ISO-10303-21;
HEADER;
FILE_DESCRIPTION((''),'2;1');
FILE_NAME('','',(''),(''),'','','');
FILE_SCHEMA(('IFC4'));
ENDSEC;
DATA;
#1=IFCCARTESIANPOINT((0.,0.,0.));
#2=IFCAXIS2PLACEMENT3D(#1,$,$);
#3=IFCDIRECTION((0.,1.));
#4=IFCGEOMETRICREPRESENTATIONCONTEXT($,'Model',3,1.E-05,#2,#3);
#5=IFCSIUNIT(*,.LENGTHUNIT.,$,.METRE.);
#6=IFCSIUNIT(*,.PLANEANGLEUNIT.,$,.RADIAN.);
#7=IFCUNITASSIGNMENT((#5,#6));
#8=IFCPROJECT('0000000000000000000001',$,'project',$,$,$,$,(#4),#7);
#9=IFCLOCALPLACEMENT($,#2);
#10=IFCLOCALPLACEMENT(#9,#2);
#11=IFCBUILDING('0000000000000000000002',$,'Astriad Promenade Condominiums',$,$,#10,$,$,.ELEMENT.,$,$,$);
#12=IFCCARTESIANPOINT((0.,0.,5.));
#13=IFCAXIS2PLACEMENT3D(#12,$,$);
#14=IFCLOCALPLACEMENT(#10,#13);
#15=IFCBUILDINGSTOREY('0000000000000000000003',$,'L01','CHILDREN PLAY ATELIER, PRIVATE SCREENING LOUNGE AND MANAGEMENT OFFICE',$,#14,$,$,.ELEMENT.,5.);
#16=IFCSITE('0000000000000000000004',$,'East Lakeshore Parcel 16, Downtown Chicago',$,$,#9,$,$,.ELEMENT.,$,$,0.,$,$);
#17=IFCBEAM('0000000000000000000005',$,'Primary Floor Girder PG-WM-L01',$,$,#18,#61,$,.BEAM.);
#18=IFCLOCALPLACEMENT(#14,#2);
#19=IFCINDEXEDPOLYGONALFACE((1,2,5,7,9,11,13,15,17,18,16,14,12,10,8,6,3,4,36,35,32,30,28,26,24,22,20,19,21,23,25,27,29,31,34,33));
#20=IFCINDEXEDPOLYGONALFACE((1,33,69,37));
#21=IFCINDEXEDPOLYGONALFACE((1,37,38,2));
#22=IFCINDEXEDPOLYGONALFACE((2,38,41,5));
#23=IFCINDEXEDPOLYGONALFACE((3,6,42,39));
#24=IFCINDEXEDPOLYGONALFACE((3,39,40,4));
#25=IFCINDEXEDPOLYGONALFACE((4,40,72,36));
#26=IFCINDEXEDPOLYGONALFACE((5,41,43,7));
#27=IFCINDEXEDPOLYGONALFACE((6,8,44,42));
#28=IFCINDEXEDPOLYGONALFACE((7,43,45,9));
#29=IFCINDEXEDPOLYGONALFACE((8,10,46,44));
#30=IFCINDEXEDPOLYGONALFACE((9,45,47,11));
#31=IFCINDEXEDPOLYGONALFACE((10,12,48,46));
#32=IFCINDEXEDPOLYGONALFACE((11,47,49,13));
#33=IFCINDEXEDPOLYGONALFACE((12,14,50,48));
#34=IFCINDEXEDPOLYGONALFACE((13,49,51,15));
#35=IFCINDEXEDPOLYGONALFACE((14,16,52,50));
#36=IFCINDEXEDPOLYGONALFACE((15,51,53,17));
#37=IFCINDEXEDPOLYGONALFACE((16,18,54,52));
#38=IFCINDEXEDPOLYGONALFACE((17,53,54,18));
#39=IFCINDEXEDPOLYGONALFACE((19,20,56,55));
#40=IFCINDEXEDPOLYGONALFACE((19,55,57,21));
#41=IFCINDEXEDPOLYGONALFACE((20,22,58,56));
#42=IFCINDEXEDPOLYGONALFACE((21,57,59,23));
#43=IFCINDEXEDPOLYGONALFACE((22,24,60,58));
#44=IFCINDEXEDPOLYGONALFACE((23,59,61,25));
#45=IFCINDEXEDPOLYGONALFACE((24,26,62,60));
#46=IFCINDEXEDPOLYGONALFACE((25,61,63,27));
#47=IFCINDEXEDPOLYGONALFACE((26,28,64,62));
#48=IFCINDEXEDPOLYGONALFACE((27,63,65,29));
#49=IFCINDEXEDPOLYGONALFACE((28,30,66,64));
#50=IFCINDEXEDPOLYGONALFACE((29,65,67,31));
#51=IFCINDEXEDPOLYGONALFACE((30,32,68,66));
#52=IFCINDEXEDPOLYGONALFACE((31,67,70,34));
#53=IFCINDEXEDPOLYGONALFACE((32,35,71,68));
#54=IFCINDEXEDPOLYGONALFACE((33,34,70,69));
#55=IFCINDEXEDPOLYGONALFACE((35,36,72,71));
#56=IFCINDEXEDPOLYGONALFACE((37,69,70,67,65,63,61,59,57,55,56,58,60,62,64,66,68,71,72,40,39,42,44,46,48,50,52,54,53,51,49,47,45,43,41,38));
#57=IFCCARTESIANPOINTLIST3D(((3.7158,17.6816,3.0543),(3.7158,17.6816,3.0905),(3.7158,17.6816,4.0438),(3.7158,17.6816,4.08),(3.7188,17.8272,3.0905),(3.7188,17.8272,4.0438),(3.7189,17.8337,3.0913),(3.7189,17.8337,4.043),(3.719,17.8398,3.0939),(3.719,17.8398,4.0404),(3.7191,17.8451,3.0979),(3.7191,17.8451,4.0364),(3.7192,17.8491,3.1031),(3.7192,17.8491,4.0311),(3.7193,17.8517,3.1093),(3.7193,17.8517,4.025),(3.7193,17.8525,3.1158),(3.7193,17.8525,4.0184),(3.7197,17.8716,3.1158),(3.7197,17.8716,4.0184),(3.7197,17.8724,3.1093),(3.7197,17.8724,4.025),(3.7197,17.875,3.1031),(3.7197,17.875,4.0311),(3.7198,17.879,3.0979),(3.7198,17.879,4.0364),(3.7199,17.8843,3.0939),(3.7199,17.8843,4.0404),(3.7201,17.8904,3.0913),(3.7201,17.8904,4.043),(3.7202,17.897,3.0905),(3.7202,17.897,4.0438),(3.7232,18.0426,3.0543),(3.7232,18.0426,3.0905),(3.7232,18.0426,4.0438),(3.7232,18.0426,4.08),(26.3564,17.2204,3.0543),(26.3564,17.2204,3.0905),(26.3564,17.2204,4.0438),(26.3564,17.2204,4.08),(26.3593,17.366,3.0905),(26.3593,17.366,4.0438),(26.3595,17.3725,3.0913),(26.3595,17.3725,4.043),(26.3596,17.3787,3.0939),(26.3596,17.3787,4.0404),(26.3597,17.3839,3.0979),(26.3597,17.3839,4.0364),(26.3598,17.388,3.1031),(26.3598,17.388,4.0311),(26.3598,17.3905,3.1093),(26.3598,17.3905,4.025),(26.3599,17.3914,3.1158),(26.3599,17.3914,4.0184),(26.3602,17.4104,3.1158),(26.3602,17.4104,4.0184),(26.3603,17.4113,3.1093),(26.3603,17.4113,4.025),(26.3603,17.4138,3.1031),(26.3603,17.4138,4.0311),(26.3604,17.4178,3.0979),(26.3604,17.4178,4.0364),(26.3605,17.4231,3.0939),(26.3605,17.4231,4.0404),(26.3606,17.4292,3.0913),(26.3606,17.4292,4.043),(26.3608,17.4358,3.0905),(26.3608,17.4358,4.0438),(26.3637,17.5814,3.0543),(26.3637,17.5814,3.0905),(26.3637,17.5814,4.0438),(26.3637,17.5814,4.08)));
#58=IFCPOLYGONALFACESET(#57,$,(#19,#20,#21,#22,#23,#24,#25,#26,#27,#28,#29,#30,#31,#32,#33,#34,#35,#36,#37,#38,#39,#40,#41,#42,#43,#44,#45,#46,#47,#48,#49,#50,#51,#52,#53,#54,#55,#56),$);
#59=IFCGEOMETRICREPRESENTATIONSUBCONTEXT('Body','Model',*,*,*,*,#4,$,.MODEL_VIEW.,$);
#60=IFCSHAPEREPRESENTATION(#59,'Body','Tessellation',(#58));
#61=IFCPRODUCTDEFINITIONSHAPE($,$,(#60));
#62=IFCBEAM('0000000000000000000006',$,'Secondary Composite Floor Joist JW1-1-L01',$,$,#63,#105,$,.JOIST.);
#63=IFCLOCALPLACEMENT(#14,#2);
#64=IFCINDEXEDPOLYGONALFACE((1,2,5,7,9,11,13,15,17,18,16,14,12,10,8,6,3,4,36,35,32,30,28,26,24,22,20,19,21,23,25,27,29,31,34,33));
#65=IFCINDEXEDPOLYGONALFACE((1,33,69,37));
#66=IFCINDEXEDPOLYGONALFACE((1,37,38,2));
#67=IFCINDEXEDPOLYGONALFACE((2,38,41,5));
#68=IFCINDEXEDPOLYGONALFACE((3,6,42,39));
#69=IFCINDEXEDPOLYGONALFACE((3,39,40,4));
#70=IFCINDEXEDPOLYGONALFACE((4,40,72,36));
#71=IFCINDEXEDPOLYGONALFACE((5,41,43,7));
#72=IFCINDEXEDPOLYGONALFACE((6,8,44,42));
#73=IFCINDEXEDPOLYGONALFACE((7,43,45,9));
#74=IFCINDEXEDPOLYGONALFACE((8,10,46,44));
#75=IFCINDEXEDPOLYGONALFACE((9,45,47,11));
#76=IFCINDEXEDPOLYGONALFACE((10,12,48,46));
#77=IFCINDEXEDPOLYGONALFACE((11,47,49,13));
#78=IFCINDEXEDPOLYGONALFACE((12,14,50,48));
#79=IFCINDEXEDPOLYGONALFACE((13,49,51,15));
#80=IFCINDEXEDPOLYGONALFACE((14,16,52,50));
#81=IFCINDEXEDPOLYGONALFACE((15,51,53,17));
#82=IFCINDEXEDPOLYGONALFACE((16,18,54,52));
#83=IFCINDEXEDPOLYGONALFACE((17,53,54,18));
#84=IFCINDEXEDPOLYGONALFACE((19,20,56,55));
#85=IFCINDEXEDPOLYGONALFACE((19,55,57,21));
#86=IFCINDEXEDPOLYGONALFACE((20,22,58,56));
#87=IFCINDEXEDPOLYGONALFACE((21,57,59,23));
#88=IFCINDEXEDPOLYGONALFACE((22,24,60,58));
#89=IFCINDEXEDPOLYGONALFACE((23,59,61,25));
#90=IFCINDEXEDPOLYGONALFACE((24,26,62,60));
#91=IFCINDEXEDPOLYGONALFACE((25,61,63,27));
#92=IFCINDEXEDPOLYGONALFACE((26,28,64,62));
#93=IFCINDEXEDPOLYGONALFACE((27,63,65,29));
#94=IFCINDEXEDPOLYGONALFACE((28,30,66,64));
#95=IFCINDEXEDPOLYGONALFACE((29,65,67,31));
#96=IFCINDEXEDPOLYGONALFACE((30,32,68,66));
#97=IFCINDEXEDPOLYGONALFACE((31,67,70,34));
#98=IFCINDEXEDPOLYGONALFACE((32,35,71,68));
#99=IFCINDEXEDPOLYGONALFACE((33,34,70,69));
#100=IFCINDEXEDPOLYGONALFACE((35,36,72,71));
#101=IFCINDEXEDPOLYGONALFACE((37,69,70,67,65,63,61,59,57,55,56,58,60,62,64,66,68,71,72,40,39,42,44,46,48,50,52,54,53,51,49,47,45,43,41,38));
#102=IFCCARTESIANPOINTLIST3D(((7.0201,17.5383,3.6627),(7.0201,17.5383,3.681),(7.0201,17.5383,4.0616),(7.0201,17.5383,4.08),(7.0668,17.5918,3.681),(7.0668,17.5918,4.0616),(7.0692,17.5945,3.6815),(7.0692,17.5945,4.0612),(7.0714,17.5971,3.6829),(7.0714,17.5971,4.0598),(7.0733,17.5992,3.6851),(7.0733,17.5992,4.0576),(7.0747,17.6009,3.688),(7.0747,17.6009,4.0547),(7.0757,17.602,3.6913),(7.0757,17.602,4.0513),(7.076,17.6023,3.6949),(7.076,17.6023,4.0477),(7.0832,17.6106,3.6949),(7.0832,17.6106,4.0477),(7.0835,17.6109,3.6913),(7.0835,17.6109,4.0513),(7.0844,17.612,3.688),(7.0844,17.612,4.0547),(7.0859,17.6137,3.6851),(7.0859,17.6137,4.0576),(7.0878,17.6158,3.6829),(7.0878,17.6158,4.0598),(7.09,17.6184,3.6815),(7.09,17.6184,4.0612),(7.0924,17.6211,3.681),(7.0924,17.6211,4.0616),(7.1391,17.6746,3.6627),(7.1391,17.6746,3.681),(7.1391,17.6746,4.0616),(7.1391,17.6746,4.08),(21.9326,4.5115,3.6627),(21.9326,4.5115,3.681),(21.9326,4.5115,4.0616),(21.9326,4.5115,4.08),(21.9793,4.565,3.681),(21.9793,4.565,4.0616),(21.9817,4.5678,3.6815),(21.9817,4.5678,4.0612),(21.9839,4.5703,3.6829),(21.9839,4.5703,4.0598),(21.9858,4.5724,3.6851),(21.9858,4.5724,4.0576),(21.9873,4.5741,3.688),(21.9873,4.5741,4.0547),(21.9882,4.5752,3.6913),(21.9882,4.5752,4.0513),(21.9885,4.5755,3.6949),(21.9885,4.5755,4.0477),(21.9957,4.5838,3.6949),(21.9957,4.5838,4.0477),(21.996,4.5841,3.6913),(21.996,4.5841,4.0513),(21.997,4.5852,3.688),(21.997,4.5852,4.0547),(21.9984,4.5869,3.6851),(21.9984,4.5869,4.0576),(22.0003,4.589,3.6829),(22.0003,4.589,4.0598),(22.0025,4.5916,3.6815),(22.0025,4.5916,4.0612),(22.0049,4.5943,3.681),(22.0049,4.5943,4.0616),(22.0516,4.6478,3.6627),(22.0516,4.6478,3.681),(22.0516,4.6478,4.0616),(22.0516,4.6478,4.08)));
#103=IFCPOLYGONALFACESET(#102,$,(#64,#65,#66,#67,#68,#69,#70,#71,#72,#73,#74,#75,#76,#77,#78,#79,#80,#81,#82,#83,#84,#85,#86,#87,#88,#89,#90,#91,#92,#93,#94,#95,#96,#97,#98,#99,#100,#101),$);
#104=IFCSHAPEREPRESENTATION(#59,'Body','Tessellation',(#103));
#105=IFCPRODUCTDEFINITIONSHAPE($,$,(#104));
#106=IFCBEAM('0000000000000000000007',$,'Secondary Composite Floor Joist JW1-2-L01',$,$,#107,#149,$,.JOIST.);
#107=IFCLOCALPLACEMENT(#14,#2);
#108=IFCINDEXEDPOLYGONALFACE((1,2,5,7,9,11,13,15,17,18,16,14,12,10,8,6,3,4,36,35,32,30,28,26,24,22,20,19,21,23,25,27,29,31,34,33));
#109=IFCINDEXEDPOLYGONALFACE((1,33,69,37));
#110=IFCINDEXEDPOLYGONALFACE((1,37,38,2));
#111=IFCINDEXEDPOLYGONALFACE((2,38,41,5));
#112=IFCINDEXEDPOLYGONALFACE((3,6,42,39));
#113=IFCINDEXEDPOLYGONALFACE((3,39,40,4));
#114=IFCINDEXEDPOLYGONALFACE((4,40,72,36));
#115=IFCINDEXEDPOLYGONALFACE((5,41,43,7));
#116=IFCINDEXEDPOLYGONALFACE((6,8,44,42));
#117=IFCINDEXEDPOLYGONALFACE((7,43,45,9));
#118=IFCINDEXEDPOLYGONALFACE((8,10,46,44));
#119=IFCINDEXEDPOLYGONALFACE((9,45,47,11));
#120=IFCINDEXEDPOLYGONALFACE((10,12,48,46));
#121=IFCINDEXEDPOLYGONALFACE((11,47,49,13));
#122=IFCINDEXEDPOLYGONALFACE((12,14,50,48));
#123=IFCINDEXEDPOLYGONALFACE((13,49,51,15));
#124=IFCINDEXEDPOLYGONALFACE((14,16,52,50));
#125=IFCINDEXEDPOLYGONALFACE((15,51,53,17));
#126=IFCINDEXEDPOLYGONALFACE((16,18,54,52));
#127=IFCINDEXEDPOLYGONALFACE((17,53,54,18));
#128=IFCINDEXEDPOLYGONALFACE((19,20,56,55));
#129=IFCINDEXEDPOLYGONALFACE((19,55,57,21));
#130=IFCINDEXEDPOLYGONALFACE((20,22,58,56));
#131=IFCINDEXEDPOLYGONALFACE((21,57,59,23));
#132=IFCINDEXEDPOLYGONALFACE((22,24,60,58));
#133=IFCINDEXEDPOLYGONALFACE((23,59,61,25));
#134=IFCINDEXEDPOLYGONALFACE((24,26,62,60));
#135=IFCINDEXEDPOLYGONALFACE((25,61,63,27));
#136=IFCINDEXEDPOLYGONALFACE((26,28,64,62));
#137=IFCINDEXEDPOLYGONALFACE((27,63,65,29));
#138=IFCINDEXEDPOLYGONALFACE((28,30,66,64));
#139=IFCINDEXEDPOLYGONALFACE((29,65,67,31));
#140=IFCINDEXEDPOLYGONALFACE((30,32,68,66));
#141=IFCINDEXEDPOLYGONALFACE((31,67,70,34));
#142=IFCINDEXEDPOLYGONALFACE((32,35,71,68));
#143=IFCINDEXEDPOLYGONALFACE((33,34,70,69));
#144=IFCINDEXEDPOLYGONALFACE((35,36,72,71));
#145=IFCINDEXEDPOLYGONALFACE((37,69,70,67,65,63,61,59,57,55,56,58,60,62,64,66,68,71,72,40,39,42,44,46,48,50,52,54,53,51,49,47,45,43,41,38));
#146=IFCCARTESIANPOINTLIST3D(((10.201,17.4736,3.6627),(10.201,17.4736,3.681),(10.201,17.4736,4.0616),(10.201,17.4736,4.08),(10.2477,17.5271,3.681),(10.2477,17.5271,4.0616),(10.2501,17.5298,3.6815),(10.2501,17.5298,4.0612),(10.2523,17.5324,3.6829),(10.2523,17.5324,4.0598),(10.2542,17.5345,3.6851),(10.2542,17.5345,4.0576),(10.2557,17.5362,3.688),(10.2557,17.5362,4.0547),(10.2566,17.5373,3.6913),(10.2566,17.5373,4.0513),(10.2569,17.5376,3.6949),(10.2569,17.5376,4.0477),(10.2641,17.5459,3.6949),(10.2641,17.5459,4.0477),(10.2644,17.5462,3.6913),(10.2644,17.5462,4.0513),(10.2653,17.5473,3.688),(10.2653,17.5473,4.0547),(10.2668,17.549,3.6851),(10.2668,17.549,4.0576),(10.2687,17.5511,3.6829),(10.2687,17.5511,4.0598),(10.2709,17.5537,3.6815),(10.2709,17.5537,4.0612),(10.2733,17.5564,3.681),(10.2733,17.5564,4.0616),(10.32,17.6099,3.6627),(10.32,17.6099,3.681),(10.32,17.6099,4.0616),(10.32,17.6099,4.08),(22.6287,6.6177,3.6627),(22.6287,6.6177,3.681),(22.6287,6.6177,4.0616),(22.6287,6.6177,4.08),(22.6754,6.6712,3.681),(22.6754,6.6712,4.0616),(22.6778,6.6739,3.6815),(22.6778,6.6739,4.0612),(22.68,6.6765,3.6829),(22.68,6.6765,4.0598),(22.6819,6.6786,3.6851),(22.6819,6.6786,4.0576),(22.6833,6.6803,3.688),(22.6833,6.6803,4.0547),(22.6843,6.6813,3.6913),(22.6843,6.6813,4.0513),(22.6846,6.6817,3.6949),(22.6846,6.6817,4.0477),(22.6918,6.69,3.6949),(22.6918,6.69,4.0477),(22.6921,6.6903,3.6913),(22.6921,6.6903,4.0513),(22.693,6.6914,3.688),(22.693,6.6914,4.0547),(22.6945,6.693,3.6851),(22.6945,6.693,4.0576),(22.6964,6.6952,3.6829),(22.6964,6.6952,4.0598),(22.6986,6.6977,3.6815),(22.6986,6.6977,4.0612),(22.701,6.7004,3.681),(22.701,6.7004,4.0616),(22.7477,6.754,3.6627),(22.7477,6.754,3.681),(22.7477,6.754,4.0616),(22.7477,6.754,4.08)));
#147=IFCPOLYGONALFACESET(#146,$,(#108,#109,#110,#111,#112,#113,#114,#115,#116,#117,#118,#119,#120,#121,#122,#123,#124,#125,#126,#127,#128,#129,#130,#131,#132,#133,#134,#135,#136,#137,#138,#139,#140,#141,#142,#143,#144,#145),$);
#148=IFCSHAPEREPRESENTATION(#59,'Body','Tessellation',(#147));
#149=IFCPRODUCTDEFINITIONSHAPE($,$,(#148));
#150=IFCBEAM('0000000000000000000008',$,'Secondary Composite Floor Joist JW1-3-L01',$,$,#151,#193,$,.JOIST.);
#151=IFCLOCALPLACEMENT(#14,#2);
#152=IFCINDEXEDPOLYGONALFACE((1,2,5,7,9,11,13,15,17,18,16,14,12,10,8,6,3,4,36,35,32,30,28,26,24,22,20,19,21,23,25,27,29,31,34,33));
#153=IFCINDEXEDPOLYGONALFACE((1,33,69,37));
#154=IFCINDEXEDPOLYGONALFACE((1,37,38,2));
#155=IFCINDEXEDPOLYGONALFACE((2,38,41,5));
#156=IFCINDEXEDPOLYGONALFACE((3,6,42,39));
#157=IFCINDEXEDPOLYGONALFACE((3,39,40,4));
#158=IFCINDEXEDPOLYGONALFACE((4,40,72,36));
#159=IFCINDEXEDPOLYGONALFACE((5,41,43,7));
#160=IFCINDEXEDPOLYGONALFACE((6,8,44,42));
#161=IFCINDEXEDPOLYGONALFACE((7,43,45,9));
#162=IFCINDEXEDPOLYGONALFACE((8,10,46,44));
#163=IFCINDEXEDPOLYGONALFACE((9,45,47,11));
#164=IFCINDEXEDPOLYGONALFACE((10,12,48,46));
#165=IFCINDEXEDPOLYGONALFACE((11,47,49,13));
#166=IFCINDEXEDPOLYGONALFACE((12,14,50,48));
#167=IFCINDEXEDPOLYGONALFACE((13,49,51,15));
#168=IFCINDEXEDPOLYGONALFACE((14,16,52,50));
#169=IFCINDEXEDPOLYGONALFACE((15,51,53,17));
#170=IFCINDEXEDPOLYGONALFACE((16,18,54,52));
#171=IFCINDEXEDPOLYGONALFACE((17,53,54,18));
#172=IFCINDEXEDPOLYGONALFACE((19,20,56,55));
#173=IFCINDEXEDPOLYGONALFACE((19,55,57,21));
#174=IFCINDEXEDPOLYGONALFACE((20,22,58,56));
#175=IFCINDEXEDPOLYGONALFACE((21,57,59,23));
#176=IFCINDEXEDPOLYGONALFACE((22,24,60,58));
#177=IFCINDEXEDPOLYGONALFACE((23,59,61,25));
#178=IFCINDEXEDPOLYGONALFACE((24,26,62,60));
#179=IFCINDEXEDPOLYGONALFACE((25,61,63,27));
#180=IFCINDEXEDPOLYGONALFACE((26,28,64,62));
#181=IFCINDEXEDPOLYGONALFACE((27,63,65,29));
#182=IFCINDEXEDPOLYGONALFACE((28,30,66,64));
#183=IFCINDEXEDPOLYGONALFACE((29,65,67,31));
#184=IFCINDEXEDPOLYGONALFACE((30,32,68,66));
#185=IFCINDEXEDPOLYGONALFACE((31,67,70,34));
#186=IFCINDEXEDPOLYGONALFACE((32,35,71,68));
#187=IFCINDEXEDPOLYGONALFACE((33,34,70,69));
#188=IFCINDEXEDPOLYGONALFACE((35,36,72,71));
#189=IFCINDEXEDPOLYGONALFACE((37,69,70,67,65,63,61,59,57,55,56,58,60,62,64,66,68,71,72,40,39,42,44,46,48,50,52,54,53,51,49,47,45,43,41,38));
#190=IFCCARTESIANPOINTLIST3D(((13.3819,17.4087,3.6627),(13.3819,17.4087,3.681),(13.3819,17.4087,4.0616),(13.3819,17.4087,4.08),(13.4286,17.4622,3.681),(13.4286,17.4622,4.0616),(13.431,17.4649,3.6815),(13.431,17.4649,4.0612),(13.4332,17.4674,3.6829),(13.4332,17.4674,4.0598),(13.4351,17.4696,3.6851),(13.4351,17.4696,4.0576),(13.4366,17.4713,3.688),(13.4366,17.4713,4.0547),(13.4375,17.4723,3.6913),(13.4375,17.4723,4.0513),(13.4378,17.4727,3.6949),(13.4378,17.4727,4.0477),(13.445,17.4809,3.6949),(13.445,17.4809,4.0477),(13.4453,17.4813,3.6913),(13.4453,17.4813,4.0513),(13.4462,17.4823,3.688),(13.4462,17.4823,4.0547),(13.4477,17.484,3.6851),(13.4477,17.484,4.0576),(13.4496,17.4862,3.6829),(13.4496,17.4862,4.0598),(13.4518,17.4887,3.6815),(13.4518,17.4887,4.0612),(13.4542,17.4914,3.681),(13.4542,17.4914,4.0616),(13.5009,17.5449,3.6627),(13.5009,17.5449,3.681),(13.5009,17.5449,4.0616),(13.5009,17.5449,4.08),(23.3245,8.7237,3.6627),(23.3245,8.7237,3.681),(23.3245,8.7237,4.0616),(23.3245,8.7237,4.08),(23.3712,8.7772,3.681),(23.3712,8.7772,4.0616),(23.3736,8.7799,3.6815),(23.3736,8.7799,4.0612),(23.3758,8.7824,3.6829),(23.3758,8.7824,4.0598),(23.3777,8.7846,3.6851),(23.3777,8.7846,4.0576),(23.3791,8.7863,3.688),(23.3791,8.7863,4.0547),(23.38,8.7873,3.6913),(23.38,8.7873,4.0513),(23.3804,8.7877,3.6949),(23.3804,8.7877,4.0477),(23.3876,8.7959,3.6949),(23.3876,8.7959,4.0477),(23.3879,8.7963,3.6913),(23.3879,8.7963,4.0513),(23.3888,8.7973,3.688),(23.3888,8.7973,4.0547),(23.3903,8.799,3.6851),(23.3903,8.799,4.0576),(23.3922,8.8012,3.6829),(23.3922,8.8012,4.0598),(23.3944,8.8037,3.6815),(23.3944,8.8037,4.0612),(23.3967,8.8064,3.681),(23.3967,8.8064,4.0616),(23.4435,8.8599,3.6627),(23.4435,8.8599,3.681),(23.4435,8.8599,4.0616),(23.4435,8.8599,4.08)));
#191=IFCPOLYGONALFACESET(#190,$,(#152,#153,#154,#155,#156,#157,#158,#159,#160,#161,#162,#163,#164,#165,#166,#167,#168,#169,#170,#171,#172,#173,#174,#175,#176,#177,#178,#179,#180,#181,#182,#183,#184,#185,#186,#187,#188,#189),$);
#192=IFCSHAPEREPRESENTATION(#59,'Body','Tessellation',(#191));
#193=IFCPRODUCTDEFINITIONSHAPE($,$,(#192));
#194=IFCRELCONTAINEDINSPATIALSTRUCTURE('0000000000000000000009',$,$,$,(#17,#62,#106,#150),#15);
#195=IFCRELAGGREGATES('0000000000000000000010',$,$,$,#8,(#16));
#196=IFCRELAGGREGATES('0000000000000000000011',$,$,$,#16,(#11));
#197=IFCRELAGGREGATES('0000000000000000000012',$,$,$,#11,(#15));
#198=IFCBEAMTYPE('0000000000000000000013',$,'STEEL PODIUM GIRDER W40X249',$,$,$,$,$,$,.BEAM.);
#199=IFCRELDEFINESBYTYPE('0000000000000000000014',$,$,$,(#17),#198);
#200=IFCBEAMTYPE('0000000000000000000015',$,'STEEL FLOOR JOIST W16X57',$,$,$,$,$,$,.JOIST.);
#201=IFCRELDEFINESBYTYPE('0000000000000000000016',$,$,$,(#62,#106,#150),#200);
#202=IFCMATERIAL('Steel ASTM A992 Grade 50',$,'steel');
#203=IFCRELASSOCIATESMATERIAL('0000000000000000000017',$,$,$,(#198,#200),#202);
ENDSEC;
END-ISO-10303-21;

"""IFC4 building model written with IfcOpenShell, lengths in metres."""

from ifc_helpers import new_model, si_unit, direction, frame, origin, origin_2d, place, context, subcontext, project, spatial, i_section, extrude, source, transform, mapped, material, material_profile, profile_set, type_object, type_shapes, element, save


model = new_model("IFC4")

# Units and contexts
model_context = context("Model", 3, precision=1e-05, world=origin(), true_north=direction((0.0, 1.0)))
body_context = subcontext(model_context, "Body", "Model", "MODEL_VIEW")
ifc_project = project(units=[si_unit("LENGTHUNIT", "METRE"), si_unit("PLANEANGLEUNIT", "RADIAN")], contexts=[model_context])

# Site, building, storey
site_placement = place(None, origin())
site = spatial("IfcSite", under=ifc_project, at=site_placement, Name="East Lakeshore Parcel 16, Downtown Chicago", CompositionType="ELEMENT", RefElevation=0.0)
building_placement = place(site_placement, origin())
building = spatial("IfcBuilding", under=site, at=building_placement, Name="Astriad Promenade Condominiums", CompositionType="ELEMENT")
storey_placement = place(building_placement, frame((0.0, 0.0, 5.0)))
storey = spatial("IfcBuildingStorey", under=building, at=storey_placement, Name="L01", Description="CHILDREN PLAY ATELIER, PRIVATE SCREENING LOUNGE AND MANAGEMENT OFFICE", CompositionType="ELEMENT", Elevation=5.0)

# Shared definitions
ifc_material_1 = material(Name="Steel ASTM A992 Grade 50", Category="steel")

# Beams
ifc_material_profile_1 = material_profile(ifc_material_1, i_section(OverallWidth=0.3611, OverallDepth=1.0256, WebThickness=0.019, FlangeThickness=0.0361, FilletRadius=0.0254, at=origin_2d()), Name="W40X249")
ifc_profile_set_1 = profile_set([ifc_material_profile_1], Name="Steel ASTM A992 Grade 50")
beam_type_1 = type_object("IfcBeamType", Name="STEEL PODIUM GIRDER W40X249", PredefinedType="BEAM", material=ifc_profile_set_1)
shared_shape_1 = source(origin(), body_context, "Body", "SweptSolid", [
    extrude(i_section(OverallWidth=0.3611, OverallDepth=1.0256, WebThickness=0.019, FlangeThickness=0.0361, FilletRadius=0.0254, at=origin_2d()), origin(), (0.0, 0.0, 1.0), 22.6453),
])
type_shapes(beam_type_1, [shared_shape_1])
beam_1_placement = place(storey_placement, frame((3.7195, 17.8621, 3.5671), z_axis=(0.999793, -0.020365, 0.0), x_axis=(0.020365, 0.999793, 0.0)))
element("IfcBeam", 1, at=beam_1_placement, inside=storey, type_object=beam_type_1, Name="Primary Floor Girder PG-WM-L01", PredefinedType="BEAM", context=body_context, shape_type="MappedRepresentation", body=[
    mapped(shared_shape_1, transform((0.0, 0.0, 0.0), scale=1.0)),
])
ifc_material_profile_2 = material_profile(ifc_material_1, i_section(OverallWidth=0.1809, OverallDepth=0.4172, WebThickness=0.011, FlangeThickness=0.0183, FilletRadius=0.0139, at=origin_2d()), Name="W16X57")
ifc_profile_set_2 = profile_set([ifc_material_profile_2], Name="Steel ASTM A992 Grade 50")
beam_type_2 = type_object("IfcBeamType", Name="STEEL FLOOR JOIST W16X57", PredefinedType="JOIST", material=ifc_profile_set_2)
shared_shape_2 = source(origin(), body_context, "Body", "SweptSolid", [
    extrude(i_section(OverallWidth=0.1809, OverallDepth=0.4172, WebThickness=0.011, FlangeThickness=0.0183, FilletRadius=0.0139, at=origin_2d()), origin(), (0.0, 0.0, 1.0), 19.801),
])
beam_2_placement = place(storey_placement, frame((7.0796, 17.6064, 3.8713), z_axis=(0.753119, -0.657885, 0.0), x_axis=(0.657885, 0.753119, 0.0)))
element("IfcBeam", 2, at=beam_2_placement, inside=storey, type_object=beam_type_2, Name="Secondary Composite Floor Joist JW1-1-L01", PredefinedType="JOIST", context=body_context, shape_type="MappedRepresentation", body=[
    mapped(shared_shape_2, transform((0.0, 0.0, 0.0), scale=1.0)),
])
shared_shape_3 = source(origin(), body_context, "Body", "SweptSolid", [
    extrude(i_section(OverallWidth=0.1809, OverallDepth=0.4172, WebThickness=0.011, FlangeThickness=0.0183, FilletRadius=0.0139, at=origin_2d()), origin(), (0.0, 0.0, 1.0), 16.5015),
])
beam_3_placement = place(storey_placement, frame((10.2605, 17.5417, 3.8713), z_axis=(0.753126, -0.657876, 0.0), x_axis=(0.657876, 0.753126, 0.0)))
element("IfcBeam", 3, at=beam_3_placement, inside=storey, type_object=beam_type_2, Name="Secondary Composite Floor Joist JW1-2-L01", PredefinedType="JOIST", context=body_context, shape_type="MappedRepresentation", body=[
    mapped(shared_shape_3, transform((0.0, 0.0, 0.0), scale=1.0)),
])
shared_shape_4 = source(origin(), body_context, "Body", "SweptSolid", [
    extrude(i_section(OverallWidth=0.1809, OverallDepth=0.4172, WebThickness=0.011, FlangeThickness=0.0183, FilletRadius=0.0139, at=origin_2d()), origin(), (0.0, 0.0, 1.0), 13.2017),
])
type_shapes(beam_type_2, [shared_shape_2, shared_shape_3, shared_shape_4])
beam_4_placement = place(storey_placement, frame((13.4414, 17.4768, 3.8713), z_axis=(0.75313, -0.657872, 0.0), x_axis=(0.657872, 0.75313, 0.0)))
element("IfcBeam", 4, at=beam_4_placement, inside=storey, type_object=beam_type_2, Name="Secondary Composite Floor Joist JW1-3-L01", PredefinedType="JOIST", context=body_context, shape_type="MappedRepresentation", body=[
    mapped(shared_shape_4, transform((0.0, 0.0, 0.0), scale=1.0)),
])

save(model, "model.ifc")
